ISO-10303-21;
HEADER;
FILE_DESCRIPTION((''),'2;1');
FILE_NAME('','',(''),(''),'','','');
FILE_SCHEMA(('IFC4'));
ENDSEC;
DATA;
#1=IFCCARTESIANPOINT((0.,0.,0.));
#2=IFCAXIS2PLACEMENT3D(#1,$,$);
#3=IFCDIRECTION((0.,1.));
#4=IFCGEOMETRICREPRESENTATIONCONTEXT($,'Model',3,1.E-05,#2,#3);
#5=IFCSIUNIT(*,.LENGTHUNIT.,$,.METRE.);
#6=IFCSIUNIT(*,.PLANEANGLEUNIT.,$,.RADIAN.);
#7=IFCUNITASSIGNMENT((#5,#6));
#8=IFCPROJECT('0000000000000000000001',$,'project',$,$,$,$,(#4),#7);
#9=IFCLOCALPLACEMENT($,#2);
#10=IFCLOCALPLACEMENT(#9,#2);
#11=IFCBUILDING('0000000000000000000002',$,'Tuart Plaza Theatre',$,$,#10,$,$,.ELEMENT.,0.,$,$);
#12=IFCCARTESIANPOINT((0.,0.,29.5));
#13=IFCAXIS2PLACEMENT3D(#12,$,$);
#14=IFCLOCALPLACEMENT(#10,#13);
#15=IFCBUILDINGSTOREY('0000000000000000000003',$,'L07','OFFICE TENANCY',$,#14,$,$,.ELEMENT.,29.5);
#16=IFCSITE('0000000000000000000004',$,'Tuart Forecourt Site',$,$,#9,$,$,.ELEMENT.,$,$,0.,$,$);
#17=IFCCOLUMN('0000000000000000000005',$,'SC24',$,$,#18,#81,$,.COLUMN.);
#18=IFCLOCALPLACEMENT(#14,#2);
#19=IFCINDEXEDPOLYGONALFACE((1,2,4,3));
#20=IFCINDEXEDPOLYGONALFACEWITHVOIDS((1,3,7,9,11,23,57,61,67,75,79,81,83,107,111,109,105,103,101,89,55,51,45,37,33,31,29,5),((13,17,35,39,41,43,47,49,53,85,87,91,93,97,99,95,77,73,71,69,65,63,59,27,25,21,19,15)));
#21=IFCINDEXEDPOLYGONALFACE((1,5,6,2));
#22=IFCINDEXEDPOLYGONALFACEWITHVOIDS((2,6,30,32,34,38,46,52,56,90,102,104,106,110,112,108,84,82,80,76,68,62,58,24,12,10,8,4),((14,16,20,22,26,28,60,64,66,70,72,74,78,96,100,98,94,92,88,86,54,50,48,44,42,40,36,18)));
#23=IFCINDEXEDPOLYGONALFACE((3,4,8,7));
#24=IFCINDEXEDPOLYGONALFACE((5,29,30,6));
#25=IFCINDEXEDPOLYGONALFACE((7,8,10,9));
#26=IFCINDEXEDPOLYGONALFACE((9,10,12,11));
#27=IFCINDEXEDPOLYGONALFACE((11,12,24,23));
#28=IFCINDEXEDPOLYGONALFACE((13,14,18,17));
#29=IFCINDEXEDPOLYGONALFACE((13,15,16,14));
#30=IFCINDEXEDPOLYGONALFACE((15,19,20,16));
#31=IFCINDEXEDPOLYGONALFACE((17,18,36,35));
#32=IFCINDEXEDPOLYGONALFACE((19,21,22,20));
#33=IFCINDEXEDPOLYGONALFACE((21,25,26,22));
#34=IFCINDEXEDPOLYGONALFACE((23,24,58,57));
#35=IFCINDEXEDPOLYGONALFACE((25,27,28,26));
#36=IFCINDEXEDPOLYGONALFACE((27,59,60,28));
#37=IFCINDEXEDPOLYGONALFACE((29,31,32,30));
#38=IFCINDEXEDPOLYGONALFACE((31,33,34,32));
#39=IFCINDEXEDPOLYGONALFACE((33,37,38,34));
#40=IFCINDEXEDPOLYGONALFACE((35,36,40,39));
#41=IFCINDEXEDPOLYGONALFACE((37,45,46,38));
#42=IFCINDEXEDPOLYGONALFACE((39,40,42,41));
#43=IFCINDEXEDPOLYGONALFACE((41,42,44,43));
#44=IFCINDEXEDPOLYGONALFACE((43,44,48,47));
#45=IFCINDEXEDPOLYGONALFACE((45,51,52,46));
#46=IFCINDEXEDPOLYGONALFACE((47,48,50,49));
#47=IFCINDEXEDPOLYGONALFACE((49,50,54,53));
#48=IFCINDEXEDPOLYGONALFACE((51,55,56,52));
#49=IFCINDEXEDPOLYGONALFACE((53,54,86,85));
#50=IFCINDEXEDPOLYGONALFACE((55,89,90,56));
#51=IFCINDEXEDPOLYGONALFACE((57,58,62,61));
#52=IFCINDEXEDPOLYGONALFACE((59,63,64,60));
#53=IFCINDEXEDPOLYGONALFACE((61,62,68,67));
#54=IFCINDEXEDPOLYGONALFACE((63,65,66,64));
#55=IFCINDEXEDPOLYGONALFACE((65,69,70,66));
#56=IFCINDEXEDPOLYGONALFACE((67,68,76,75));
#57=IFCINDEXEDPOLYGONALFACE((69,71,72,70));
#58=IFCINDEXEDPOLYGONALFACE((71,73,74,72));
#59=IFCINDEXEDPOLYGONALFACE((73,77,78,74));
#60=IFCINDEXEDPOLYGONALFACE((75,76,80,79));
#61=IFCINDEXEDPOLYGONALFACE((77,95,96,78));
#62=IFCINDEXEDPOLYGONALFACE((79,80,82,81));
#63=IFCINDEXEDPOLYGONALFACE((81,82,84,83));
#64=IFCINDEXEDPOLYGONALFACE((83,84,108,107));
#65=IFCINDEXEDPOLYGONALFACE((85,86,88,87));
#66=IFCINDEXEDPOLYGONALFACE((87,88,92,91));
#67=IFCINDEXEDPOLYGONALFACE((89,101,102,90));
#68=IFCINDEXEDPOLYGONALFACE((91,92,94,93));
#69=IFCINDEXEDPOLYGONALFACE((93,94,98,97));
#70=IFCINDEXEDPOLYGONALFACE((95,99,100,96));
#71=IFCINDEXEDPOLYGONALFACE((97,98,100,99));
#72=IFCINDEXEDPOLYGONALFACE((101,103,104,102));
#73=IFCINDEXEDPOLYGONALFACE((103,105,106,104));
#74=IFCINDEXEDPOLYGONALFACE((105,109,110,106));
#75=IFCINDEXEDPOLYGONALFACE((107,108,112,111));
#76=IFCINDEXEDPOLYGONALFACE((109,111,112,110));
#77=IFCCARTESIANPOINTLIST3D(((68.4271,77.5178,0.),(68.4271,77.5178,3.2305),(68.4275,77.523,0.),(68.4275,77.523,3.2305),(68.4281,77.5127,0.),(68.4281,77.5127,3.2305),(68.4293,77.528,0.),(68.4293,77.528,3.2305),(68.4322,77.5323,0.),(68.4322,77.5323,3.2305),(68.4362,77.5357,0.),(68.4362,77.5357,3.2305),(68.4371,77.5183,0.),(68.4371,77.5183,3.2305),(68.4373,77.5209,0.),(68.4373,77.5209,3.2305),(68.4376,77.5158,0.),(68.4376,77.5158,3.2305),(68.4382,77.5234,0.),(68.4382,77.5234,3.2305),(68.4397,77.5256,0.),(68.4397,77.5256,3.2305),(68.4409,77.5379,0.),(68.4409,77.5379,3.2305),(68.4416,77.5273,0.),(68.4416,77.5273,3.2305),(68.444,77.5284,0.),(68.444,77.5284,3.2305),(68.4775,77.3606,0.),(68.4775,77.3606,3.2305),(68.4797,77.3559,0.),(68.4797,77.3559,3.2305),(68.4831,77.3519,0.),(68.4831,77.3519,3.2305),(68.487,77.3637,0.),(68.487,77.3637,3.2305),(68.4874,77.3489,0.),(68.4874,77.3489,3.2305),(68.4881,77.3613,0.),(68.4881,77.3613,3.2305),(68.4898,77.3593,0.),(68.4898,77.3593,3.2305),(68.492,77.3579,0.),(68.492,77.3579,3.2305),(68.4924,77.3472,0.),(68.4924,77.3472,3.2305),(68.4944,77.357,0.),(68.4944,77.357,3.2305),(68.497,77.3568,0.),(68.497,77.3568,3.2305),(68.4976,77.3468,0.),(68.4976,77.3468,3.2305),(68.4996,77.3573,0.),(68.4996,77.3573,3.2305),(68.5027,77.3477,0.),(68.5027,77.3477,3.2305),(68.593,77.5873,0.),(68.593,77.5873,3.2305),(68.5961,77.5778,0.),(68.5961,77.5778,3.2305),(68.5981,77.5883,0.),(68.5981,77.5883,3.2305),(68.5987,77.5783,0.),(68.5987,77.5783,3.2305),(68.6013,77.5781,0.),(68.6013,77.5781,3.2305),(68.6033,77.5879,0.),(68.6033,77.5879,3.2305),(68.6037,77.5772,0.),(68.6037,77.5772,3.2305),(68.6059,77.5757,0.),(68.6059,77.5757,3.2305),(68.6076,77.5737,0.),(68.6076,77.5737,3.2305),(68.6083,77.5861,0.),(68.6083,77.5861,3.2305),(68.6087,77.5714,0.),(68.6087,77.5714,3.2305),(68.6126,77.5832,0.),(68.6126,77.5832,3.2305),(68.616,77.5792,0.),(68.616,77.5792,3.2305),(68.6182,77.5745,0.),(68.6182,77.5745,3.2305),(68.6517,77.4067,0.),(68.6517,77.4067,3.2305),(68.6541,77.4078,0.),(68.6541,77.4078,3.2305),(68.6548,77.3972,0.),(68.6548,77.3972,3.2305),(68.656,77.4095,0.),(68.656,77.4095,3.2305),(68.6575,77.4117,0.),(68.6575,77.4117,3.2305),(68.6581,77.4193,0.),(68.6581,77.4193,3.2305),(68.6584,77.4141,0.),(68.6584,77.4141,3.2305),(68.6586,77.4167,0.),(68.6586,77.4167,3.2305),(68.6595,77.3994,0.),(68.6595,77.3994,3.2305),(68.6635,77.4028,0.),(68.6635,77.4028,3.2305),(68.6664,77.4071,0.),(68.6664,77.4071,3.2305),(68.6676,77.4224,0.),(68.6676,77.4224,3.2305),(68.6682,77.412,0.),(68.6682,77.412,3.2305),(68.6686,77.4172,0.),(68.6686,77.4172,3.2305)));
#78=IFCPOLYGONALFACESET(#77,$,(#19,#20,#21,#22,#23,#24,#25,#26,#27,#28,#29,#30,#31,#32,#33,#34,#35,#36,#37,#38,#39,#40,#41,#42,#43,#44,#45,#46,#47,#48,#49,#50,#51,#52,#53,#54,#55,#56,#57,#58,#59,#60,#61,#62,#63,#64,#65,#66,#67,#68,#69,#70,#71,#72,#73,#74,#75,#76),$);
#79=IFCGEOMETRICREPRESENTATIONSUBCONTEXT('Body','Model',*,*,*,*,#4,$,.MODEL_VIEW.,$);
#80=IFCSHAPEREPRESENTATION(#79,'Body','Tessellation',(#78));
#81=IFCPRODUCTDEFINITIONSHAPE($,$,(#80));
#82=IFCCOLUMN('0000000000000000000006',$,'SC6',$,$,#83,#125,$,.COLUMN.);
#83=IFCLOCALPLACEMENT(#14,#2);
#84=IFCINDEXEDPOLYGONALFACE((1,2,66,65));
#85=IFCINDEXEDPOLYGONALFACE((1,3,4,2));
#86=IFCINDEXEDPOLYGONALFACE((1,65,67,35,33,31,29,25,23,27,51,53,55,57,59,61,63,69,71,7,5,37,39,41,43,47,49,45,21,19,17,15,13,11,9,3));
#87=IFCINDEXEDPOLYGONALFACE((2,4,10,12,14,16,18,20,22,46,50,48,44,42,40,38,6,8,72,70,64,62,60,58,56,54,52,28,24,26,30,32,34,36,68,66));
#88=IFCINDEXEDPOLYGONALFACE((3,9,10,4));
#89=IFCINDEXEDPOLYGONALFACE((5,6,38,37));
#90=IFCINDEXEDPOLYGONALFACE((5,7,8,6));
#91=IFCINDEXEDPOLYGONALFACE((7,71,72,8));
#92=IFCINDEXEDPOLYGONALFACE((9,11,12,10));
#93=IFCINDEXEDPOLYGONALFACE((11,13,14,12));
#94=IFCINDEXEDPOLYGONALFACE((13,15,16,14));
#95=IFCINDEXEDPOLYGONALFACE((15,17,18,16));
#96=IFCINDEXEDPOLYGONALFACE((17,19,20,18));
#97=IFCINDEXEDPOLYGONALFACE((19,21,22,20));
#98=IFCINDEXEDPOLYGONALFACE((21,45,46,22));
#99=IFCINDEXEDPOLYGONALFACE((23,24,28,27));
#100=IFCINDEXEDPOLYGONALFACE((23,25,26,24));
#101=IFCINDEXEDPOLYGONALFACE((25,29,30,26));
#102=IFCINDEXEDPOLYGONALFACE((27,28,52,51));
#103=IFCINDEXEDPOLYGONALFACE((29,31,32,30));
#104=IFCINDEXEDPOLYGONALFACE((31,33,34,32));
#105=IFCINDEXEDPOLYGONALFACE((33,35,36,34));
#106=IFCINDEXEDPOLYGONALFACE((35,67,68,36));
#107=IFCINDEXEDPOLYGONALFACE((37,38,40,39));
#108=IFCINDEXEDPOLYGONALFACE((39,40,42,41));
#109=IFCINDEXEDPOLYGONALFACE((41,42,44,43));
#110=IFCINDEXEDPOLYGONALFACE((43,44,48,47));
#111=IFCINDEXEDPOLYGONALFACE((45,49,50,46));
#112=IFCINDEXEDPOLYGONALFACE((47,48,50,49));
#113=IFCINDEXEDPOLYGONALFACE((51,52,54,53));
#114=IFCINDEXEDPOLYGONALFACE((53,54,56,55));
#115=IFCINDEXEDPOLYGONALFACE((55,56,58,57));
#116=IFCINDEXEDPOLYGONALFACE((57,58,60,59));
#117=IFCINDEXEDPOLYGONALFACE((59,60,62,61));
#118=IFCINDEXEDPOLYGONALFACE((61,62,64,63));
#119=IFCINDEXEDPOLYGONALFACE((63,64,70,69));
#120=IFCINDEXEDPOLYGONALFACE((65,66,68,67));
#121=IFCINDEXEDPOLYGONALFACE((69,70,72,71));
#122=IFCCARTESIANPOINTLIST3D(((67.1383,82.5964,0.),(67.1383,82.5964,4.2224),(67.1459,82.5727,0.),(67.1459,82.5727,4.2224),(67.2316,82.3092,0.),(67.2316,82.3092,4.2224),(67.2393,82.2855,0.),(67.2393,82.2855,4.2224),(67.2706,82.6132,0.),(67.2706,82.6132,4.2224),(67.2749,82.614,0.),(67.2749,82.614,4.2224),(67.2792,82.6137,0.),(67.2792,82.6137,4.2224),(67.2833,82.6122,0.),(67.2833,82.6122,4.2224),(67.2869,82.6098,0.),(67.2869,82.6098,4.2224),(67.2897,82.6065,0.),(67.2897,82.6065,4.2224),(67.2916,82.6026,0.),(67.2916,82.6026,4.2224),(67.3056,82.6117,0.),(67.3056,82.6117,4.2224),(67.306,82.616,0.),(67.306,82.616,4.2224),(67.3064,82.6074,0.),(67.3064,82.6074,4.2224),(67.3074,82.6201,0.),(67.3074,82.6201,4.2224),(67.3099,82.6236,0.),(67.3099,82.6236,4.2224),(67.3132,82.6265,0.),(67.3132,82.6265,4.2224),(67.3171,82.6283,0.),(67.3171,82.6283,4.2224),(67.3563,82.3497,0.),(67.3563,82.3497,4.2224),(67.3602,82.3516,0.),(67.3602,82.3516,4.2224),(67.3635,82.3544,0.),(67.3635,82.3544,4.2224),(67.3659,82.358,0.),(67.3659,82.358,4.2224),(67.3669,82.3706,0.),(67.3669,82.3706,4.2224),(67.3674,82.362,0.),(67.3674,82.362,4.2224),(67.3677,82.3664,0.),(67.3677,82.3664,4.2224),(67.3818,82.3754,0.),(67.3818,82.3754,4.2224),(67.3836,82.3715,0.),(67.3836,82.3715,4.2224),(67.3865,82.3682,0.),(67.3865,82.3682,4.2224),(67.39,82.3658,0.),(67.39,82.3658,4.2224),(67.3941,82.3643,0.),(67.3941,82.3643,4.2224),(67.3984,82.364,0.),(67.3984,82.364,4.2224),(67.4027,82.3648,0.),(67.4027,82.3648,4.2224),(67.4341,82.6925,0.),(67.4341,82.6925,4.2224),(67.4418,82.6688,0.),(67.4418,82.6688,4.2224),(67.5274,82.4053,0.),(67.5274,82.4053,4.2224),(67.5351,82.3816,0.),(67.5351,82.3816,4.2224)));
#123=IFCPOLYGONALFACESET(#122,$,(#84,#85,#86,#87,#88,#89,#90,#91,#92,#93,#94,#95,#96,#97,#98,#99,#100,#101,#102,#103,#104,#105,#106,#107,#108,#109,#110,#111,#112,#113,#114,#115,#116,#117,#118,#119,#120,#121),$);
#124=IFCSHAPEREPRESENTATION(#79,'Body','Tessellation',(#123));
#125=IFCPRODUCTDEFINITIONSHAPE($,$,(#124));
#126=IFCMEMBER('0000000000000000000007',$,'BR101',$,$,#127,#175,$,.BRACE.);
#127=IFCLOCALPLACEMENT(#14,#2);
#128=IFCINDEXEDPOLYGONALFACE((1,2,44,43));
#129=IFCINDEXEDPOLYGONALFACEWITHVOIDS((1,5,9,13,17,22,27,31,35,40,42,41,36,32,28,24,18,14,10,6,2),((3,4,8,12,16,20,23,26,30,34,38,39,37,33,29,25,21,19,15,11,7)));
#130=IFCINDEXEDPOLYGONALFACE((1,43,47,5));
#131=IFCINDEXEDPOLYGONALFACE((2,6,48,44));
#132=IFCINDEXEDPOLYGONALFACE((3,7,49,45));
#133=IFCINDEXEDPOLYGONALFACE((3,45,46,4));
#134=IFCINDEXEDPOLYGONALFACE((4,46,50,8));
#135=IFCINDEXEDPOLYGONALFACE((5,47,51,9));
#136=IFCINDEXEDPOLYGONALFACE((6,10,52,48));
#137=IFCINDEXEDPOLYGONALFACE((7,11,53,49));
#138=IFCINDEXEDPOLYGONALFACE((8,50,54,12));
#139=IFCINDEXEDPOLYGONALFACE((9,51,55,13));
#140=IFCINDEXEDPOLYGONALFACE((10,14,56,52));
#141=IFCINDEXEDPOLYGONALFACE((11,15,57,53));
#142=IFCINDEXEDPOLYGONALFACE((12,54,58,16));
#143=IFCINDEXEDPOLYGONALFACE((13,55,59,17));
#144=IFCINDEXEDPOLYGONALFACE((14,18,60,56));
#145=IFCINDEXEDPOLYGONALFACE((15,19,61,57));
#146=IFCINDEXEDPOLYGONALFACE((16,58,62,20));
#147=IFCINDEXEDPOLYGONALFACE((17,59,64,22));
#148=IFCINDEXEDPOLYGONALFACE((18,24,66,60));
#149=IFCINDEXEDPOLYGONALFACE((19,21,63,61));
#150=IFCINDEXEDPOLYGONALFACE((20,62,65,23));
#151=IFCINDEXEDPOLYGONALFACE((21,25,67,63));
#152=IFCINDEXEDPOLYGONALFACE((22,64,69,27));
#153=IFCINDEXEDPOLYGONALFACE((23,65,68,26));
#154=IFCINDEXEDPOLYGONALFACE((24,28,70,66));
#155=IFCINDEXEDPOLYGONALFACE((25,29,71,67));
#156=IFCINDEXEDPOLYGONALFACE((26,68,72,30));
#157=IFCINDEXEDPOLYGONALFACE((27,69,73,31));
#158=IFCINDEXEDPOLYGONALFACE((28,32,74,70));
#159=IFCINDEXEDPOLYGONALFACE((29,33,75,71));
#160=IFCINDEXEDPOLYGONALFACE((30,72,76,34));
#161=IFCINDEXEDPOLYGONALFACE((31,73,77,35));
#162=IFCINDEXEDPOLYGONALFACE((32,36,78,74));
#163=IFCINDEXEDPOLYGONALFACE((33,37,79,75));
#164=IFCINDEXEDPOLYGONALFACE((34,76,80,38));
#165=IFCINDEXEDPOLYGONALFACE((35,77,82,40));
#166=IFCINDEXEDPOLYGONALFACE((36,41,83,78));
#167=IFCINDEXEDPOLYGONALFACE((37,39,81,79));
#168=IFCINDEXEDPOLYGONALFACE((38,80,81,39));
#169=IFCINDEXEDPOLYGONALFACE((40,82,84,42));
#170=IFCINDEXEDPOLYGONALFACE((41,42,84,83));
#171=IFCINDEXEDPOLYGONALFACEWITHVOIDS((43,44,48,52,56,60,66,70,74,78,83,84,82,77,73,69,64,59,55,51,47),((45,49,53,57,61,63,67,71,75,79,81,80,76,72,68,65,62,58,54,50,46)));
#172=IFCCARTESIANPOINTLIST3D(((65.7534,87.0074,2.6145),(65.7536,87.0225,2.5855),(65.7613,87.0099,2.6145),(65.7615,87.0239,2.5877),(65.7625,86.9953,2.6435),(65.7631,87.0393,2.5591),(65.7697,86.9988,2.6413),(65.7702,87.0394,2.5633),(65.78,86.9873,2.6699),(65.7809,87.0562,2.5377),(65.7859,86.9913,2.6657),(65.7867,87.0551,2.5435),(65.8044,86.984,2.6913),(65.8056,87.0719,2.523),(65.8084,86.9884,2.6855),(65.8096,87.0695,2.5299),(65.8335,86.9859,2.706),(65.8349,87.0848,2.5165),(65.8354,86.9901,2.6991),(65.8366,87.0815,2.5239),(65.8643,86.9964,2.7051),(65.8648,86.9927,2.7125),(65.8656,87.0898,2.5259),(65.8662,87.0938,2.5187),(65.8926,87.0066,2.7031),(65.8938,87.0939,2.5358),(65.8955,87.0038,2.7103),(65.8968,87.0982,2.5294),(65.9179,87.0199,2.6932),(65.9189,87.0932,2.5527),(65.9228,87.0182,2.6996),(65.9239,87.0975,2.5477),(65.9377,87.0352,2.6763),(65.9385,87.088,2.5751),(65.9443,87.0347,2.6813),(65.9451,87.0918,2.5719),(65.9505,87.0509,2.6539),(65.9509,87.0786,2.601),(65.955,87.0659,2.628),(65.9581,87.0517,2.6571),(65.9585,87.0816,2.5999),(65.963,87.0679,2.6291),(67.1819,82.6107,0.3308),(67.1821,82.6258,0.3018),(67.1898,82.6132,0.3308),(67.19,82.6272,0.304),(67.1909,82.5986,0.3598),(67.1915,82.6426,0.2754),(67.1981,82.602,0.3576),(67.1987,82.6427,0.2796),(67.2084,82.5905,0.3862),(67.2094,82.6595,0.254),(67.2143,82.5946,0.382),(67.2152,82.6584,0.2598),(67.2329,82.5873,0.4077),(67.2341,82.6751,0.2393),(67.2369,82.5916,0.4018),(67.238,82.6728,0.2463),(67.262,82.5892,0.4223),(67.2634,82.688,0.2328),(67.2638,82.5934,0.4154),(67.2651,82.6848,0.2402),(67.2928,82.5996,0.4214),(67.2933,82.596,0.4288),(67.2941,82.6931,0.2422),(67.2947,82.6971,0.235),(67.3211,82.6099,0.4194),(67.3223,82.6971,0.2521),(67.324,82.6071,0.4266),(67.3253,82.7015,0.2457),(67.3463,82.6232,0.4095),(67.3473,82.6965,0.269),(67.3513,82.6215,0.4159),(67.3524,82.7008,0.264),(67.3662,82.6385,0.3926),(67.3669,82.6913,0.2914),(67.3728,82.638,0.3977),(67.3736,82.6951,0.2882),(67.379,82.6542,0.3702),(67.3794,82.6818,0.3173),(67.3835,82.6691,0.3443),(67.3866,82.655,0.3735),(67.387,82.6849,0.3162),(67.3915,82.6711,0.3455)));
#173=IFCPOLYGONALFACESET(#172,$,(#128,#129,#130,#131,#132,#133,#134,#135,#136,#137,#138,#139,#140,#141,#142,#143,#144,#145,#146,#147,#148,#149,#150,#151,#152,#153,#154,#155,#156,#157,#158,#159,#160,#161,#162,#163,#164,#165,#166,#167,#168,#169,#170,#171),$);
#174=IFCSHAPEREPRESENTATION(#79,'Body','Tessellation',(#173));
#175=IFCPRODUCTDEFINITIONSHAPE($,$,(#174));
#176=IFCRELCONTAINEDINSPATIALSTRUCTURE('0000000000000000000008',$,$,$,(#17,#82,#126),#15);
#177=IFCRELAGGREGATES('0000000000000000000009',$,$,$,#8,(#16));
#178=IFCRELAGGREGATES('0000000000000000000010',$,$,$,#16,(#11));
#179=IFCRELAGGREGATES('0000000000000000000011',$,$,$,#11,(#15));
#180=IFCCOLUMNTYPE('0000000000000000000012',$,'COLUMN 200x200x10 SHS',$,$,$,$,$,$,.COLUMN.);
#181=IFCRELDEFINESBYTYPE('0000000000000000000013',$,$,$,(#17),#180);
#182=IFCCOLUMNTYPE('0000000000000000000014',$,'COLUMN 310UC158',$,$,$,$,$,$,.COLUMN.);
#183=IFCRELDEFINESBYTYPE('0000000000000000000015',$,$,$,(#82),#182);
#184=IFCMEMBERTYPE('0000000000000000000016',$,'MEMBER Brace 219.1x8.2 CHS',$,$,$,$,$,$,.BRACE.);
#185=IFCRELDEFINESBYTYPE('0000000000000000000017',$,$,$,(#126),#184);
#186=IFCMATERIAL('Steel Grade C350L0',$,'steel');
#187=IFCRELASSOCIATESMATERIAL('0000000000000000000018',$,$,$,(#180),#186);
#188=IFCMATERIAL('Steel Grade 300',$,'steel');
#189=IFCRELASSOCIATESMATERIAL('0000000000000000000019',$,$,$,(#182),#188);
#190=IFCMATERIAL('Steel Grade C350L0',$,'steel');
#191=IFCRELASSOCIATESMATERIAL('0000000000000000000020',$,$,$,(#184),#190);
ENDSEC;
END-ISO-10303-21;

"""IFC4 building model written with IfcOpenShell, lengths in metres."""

from ifc_helpers import new_model, si_unit, direction, frame, origin, origin_2d, place, context, subcontext, project, spatial, hollow_rectangle, hollow_circle, i_section, extrude, material, material_profile, profile_set, type_object, element, save


model = new_model("IFC4")

# Units and contexts
model_context = context("Model", 3, precision=1e-05, world=origin(), true_north=direction((0.0, 1.0)))
body_context = subcontext(model_context, "Body", "Model", "MODEL_VIEW")
ifc_project = project(units=[si_unit("LENGTHUNIT", "METRE"), si_unit("PLANEANGLEUNIT", "RADIAN")], contexts=[model_context])

# Site, building, storey
site_placement = place(None, origin())
site = spatial("IfcSite", under=ifc_project, at=site_placement, Name="Tuart Forecourt Site", CompositionType="ELEMENT", RefElevation=0.0)
building_placement = place(site_placement, origin())
building = spatial("IfcBuilding", under=site, at=building_placement, Name="Tuart Plaza Theatre", CompositionType="ELEMENT", ElevationOfRefHeight=0.0)
storey_placement = place(building_placement, frame((0.0, 0.0, 29.5)))
storey = spatial("IfcBuildingStorey", under=building, at=storey_placement, Name="L07", Description="OFFICE TENANCY", CompositionType="ELEMENT", Elevation=29.5)

# Columns
ifc_material_1 = material(Name="Steel Grade C350L0", Category="steel")
ifc_material_profile_1 = material_profile(ifc_material_1, hollow_rectangle(XDim=0.2, YDim=0.2, WallThickness=0.01, InnerFilletRadius=0.01, OuterFilletRadius=0.02, at=origin_2d()), Name="200x200x10 SHS")
ifc_profile_set_1 = profile_set([ifc_material_profile_1], Name="Steel Grade C350L0")
column_type_1 = type_object("IfcColumnType", Name="COLUMN 200x200x10 SHS", PredefinedType="COLUMN", material=ifc_profile_set_1)
column_1_placement = place(storey_placement, frame((68.5479, 77.4675, 0.0), z_axis=(0.0, 0.0, 1.0), x_axis=(0.951057, 0.309017, 0.0)))
element("IfcColumn", 1, at=column_1_placement, inside=storey, type_object=column_type_1, Name="SC24", PredefinedType="COLUMN", context=body_context, shape_type="SweptSolid", body=[
    extrude(hollow_rectangle(XDim=0.2, YDim=0.2, WallThickness=0.01, InnerFilletRadius=0.01, OuterFilletRadius=0.02, at=origin_2d()), origin(), (0.0, 0.0, 1.0), 3.2305),
])
ifc_material_2 = material(Name="Steel Grade 300", Category="steel")
ifc_material_profile_2 = material_profile(ifc_material_2, i_section(OverallWidth=0.311, OverallDepth=0.3269, WebThickness=0.0156, FlangeThickness=0.0249, FilletRadius=0.0166, at=origin_2d()), Name="310UC158")
ifc_profile_set_2 = profile_set([ifc_material_profile_2], Name="Steel Grade 300")
column_type_2 = type_object("IfcColumnType", Name="COLUMN 310UC158", PredefinedType="COLUMN", material=ifc_profile_set_2)
column_2_placement = place(storey_placement, frame((67.3367, 82.489, 0.0), z_axis=(0.0, 0.0, 1.0), x_axis=(0.951057, 0.309017, 0.0)))
element("IfcColumn", 2, at=column_2_placement, inside=storey, type_object=column_type_2, Name="SC6", PredefinedType="COLUMN", context=body_context, shape_type="SweptSolid", body=[
    extrude(i_section(OverallWidth=0.311, OverallDepth=0.3269, WebThickness=0.0156, FlangeThickness=0.0249, FilletRadius=0.0166, at=origin_2d()), origin(), (0.0, 0.0, 1.0), 4.2224),
])

# Member
ifc_material_3 = material(Name="Steel Grade C350L0", Category="steel")
ifc_material_profile_3 = material_profile(ifc_material_3, hollow_circle(Radius=0.1096, WallThickness=0.0083, at=origin_2d()), Name="219.1x8.2 CHS")
ifc_profile_set_3 = profile_set([ifc_material_profile_3], Name="Steel Grade C350L0")
member_type_1 = type_object("IfcMemberType", Name="MEMBER Brace 219.1x8.2 CHS", PredefinedType="BRACE", material=ifc_profile_set_3)
member_1_placement = place(storey_placement, frame((67.2861, 82.6445, 0.3308), z_axis=(-0.277036, 0.852698, 0.442897), x_axis=(-0.951064, -0.308994, 0.0)))
element("IfcMember", 3, at=member_1_placement, inside=storey, type_object=member_type_1, Name="BR101", PredefinedType="BRACE", context=body_context, shape_type="SweptSolid", body=[
    extrude(hollow_circle(Radius=0.1096, WallThickness=0.0083, at=origin_2d()), origin(), (0.0, 0.0, 1.0), 5.1562),
])

save(model, "model.ifc")
